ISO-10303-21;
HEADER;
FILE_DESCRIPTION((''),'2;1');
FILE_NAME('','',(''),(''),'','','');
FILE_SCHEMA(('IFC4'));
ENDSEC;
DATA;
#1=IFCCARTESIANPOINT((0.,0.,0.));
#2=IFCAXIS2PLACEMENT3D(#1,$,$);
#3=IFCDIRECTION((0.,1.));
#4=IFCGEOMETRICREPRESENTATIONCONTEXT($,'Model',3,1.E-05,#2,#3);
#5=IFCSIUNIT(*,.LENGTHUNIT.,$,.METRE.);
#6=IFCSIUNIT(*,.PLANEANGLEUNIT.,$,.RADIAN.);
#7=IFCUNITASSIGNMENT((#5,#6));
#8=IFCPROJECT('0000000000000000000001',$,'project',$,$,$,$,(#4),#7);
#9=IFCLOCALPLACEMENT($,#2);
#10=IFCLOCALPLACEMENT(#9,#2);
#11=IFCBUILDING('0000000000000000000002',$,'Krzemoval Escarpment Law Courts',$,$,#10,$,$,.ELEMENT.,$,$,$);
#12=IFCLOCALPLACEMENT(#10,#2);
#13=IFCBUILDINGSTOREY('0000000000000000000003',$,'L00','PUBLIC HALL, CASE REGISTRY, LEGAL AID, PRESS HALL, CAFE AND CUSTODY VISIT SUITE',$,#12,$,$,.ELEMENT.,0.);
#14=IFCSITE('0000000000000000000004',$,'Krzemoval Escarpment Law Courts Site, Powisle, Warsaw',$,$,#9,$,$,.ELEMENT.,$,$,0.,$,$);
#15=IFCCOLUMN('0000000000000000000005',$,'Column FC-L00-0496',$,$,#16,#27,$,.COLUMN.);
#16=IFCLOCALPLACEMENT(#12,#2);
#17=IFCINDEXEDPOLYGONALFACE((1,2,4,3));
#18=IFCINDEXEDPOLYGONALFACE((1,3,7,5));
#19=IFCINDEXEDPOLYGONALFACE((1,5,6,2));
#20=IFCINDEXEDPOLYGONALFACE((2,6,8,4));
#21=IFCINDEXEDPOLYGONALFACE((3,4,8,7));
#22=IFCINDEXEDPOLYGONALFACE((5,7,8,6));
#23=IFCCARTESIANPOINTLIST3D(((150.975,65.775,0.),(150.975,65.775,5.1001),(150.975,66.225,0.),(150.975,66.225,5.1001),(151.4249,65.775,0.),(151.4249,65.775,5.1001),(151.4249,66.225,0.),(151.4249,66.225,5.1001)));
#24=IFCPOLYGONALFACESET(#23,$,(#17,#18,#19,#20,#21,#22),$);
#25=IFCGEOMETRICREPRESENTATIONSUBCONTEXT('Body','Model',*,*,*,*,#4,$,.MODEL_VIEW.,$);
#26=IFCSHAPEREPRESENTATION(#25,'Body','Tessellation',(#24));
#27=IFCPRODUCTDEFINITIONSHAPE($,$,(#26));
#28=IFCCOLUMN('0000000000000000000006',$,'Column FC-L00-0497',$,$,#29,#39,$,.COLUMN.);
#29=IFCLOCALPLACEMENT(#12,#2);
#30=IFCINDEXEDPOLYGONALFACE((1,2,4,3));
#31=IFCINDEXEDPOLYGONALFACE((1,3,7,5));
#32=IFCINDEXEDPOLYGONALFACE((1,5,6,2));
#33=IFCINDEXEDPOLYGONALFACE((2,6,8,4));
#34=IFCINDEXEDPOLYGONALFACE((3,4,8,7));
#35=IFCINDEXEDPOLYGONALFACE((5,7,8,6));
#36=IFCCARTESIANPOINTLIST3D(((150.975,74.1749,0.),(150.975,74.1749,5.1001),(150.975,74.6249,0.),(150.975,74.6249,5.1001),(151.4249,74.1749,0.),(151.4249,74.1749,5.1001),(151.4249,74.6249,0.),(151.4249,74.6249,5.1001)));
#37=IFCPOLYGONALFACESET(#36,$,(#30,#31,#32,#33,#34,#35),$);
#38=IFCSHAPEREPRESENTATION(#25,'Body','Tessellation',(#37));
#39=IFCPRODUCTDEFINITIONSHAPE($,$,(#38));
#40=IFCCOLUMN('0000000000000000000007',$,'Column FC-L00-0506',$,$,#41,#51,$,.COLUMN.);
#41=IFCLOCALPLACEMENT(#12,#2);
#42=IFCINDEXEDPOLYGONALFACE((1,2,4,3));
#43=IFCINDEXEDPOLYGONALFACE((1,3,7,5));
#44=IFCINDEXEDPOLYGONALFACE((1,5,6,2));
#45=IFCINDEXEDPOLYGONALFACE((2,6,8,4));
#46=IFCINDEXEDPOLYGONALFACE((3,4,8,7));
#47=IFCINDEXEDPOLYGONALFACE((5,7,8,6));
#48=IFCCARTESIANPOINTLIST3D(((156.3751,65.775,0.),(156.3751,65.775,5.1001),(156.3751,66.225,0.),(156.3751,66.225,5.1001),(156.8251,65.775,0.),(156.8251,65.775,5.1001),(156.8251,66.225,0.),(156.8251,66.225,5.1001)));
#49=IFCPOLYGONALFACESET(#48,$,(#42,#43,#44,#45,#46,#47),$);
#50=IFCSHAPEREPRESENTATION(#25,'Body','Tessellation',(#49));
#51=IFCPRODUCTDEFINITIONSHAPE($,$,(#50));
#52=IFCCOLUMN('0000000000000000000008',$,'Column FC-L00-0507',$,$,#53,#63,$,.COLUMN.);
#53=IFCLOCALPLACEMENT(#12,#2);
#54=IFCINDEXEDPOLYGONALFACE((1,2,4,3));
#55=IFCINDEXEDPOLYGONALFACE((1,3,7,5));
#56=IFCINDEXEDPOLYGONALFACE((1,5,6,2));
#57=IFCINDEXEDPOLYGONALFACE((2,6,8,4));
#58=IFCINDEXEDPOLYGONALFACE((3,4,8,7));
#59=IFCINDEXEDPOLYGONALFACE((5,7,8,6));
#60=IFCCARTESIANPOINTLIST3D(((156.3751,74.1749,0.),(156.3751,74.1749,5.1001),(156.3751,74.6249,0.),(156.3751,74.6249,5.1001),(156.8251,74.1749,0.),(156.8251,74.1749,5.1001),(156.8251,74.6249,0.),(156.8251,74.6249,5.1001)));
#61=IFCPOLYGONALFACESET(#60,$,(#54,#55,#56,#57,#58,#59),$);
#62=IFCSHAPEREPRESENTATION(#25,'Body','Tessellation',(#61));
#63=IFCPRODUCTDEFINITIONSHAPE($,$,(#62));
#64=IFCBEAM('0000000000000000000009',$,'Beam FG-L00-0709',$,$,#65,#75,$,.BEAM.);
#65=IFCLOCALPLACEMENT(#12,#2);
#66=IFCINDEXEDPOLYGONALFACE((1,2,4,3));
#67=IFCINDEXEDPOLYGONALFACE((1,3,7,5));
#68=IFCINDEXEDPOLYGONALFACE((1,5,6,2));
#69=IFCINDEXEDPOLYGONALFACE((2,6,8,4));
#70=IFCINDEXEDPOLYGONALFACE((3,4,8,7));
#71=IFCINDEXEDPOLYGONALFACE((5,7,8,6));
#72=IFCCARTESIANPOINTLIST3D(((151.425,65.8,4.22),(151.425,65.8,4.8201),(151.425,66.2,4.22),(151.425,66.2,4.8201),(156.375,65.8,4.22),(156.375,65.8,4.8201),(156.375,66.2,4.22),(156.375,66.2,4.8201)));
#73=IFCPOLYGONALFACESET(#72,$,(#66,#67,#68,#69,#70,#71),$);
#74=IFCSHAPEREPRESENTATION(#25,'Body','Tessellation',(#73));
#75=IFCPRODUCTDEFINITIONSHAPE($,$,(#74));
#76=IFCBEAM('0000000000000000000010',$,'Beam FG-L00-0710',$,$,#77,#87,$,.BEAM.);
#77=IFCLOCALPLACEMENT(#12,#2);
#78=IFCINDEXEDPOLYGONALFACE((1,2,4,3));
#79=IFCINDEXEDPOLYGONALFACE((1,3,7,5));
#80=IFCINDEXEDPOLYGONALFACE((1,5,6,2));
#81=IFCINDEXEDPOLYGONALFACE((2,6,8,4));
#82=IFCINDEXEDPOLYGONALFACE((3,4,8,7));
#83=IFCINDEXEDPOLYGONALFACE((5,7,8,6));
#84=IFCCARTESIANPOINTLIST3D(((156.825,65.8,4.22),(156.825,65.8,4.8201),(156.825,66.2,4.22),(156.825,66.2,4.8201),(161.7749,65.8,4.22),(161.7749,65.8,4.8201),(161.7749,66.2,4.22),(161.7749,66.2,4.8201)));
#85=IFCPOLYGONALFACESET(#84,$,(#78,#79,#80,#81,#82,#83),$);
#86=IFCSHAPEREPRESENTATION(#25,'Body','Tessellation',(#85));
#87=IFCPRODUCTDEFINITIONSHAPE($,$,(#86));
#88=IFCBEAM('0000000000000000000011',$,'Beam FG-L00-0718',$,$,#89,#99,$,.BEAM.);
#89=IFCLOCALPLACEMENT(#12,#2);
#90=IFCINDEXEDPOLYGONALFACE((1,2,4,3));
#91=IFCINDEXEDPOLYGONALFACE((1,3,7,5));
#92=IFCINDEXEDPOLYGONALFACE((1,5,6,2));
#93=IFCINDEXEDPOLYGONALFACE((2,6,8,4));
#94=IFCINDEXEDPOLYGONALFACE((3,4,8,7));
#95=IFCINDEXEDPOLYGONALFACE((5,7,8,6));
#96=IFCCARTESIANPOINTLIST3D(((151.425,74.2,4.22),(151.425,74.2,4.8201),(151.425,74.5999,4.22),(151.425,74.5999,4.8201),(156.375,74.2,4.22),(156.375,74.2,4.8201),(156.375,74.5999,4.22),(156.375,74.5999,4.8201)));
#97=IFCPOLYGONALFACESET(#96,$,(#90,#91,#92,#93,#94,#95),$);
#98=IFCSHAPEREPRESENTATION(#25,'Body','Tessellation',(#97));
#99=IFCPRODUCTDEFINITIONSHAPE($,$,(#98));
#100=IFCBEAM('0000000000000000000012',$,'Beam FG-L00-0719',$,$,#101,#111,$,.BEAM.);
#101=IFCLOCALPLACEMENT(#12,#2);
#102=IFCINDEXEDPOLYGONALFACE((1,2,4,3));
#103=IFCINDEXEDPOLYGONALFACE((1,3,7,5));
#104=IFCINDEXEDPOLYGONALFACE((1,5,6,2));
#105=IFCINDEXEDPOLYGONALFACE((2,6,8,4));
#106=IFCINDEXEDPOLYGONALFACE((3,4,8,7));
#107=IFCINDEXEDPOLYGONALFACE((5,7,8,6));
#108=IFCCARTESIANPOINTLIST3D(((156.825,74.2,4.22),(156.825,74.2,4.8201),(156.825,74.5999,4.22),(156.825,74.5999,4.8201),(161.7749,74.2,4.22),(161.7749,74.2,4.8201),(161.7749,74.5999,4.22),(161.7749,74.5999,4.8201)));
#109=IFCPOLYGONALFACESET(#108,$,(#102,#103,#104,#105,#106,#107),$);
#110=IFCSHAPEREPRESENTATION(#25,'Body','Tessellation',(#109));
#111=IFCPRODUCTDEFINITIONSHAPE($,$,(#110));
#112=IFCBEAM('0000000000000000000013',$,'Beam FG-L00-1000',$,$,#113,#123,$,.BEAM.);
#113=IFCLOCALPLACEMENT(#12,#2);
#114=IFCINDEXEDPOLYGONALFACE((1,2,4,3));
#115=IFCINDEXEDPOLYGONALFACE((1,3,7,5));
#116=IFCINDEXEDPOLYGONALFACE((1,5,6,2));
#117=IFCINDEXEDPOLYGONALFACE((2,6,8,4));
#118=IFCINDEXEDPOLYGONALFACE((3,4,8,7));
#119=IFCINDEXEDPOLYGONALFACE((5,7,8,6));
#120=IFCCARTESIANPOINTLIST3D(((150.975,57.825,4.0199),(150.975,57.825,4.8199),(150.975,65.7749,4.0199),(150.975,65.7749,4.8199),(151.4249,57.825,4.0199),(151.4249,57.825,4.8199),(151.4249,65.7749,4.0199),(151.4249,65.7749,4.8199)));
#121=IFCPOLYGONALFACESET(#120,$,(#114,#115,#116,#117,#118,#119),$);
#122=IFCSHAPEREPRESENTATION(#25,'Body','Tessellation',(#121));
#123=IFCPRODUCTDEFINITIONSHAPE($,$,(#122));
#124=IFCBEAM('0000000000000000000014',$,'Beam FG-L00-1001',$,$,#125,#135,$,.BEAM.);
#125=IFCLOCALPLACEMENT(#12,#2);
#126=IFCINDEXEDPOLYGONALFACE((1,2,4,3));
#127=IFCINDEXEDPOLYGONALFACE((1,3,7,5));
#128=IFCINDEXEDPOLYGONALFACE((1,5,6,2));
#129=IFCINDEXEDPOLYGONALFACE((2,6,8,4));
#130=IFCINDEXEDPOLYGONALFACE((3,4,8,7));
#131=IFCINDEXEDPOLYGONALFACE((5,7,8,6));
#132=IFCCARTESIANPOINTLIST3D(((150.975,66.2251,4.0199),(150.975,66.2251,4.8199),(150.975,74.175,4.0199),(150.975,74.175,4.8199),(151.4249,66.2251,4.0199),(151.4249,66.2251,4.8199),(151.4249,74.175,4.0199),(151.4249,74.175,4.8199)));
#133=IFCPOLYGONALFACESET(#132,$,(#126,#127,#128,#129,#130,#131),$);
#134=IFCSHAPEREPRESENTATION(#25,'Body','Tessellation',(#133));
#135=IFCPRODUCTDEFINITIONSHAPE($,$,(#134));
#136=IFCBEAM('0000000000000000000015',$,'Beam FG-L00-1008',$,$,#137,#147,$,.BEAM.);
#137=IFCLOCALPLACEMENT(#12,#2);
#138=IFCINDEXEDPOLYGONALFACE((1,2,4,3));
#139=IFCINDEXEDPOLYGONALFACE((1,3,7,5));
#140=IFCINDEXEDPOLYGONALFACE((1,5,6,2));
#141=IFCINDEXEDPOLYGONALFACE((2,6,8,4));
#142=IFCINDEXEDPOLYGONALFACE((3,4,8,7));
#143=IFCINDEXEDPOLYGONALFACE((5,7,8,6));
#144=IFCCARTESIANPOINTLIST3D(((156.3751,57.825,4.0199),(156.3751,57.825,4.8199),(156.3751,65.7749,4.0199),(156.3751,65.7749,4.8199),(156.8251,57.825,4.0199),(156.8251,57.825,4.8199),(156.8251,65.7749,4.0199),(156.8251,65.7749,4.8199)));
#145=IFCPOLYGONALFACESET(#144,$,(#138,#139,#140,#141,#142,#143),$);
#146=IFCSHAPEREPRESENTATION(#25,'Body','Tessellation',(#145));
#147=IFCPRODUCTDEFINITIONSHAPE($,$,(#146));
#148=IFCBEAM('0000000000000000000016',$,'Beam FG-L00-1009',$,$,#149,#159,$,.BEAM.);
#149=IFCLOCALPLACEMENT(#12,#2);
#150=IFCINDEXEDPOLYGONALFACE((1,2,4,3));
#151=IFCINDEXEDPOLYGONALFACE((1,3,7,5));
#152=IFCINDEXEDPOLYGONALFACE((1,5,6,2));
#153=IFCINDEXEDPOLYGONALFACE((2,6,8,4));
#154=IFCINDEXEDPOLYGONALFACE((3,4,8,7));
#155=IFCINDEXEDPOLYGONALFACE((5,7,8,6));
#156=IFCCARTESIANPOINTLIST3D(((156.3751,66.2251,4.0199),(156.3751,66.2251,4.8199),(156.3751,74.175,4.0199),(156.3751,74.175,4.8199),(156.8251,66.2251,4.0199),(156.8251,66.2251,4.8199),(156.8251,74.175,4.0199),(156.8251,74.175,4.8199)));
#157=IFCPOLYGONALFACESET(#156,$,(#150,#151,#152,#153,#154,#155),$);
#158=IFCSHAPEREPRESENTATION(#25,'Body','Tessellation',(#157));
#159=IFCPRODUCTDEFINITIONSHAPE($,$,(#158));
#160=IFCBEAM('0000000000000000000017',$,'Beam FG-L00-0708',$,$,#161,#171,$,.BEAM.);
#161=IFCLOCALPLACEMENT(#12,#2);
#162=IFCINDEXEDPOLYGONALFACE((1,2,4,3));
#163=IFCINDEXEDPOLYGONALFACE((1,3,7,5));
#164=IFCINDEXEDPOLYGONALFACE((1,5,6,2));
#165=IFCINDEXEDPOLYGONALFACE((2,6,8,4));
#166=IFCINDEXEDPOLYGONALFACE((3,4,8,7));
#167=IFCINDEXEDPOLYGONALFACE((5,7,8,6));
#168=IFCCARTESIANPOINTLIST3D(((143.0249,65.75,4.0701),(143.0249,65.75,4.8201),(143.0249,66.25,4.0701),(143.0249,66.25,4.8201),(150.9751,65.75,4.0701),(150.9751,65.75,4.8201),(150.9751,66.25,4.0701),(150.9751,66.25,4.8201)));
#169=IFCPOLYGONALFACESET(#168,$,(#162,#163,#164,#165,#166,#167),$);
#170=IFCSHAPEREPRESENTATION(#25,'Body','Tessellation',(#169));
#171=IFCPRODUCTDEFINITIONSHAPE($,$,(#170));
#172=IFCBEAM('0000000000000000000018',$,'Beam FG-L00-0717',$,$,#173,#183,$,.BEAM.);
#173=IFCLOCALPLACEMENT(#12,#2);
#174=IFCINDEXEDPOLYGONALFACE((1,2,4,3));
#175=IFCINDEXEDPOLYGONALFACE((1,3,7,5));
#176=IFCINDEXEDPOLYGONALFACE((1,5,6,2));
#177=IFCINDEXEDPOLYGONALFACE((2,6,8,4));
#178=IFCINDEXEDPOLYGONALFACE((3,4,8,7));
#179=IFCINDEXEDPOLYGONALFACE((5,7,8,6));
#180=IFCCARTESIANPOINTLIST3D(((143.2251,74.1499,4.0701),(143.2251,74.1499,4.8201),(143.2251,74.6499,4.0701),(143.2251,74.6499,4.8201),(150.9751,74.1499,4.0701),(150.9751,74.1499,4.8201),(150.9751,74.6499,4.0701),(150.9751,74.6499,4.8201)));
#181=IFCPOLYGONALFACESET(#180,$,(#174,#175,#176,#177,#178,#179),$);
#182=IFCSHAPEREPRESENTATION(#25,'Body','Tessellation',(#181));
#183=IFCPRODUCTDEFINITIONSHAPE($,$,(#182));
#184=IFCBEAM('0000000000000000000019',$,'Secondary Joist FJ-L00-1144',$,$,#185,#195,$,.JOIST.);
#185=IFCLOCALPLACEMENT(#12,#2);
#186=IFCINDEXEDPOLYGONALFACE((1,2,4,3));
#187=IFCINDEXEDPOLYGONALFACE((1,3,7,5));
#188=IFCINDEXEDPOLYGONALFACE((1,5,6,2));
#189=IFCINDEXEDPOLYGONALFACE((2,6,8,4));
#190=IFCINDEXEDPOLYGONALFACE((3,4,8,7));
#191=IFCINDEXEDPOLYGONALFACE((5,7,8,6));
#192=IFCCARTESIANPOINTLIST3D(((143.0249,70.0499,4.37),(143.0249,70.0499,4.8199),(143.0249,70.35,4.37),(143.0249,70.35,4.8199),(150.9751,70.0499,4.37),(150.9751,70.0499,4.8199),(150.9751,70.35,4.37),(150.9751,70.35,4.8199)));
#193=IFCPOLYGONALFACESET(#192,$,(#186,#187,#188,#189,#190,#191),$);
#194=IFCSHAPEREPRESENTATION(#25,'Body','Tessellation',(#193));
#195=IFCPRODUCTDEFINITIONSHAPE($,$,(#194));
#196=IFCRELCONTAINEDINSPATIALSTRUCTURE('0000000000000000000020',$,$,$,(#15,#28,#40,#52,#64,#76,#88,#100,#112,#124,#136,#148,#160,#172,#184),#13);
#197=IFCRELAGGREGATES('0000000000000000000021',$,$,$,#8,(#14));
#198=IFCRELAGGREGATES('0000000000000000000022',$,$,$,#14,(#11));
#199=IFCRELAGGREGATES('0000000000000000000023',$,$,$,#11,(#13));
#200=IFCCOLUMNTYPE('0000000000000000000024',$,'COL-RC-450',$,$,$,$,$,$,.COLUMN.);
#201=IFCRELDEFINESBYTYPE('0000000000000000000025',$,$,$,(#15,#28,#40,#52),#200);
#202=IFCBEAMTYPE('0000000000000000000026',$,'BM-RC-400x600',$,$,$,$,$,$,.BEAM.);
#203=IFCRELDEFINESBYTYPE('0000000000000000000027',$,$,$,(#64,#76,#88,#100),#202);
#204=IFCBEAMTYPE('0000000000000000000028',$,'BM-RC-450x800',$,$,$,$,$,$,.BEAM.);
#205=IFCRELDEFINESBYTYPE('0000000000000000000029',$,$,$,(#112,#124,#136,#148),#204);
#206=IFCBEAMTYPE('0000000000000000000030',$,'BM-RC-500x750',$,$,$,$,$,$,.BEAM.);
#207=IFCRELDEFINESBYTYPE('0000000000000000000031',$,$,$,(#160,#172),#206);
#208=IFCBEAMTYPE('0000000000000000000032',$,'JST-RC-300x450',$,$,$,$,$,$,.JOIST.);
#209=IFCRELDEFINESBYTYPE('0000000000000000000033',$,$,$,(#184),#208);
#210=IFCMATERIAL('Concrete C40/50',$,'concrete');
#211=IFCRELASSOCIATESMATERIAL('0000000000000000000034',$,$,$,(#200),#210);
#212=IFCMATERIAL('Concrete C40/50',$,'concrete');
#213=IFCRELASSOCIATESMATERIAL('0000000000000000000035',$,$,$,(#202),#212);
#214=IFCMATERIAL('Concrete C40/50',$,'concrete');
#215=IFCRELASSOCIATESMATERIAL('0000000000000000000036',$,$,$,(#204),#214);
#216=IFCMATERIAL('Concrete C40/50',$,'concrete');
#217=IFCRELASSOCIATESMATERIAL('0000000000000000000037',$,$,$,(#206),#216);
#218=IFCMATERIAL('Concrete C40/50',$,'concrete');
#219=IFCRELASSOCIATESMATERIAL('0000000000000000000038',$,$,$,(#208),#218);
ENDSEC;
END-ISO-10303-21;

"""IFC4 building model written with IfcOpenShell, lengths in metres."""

from ifc_helpers import new_model, si_unit, direction, frame, origin, origin_2d, place, context, subcontext, project, spatial, rectangle, extrude, material, material_profile, profile_set, type_object, element, save


model = new_model("IFC4")

# Units and contexts
model_context = context("Model", 3, precision=1e-05, world=origin(), true_north=direction((0.0, 1.0)))
body_context = subcontext(model_context, "Body", "Model", "MODEL_VIEW")
ifc_project = project(units=[si_unit("LENGTHUNIT", "METRE"), si_unit("PLANEANGLEUNIT", "RADIAN")], contexts=[model_context])

# Site, building, storey
site_placement = place(None, origin())
site = spatial("IfcSite", under=ifc_project, at=site_placement, Name="Krzemoval Escarpment Law Courts Site, Powisle, Warsaw", CompositionType="ELEMENT", RefElevation=0.0)
building_placement = place(site_placement, origin())
building = spatial("IfcBuilding", under=site, at=building_placement, Name="Krzemoval Escarpment Law Courts", CompositionType="ELEMENT")
storey_placement = place(building_placement, origin())
storey = spatial("IfcBuildingStorey", under=building, at=storey_placement, Name="L00", Description="PUBLIC HALL, CASE REGISTRY, LEGAL AID, PRESS HALL, CAFE AND CUSTODY VISIT SUITE", CompositionType="ELEMENT", Elevation=0.0)

# Columns
ifc_material_1 = material(Name="Concrete C40/50", Category="concrete")
ifc_material_profile_1 = material_profile(ifc_material_1, rectangle(XDim=0.45, YDim=0.45, at=origin_2d()), Name="RC 450x450")
ifc_profile_set_1 = profile_set([ifc_material_profile_1], Name="Concrete C40/50")
column_type = type_object("IfcColumnType", Name="COL-RC-450", PredefinedType="COLUMN", material=ifc_profile_set_1)
for number, where, z_axis, x_axis, name in (
    (1, (151.2, 66.0, 0.0), (0.0, 0.0, 1.0), (1.0, 0.0, 0.0), "Column FC-L00-0496"),
    (2, (151.2, 74.3999, 0.0), (0.0, 0.0, 1.0), (1.0, 0.0, 0.0), "Column FC-L00-0497"),
    (3, (156.6001, 66.0, 0.0), (0.0, 0.0, 1.0), (1.0, 0.0, 0.0), "Column FC-L00-0506"),
    (4, (156.6001, 74.3999, 0.0), (0.0, 0.0, 1.0), (1.0, 0.0, 0.0), "Column FC-L00-0507"),
):
    element("IfcColumn", number, at=place(storey_placement, frame(where, z_axis=z_axis, x_axis=x_axis)), inside=storey, type_object=column_type, Name=name, PredefinedType="COLUMN", context=body_context, shape_type="SweptSolid", body=[
        extrude(rectangle(XDim=0.45, YDim=0.45, at=origin_2d()), origin(), (0.0, 0.0, 1.0), 5.1001),
    ])

# Beams
ifc_material_2 = material(Name="Concrete C40/50", Category="concrete")
ifc_material_profile_2 = material_profile(ifc_material_2, rectangle(XDim=0.3999, YDim=0.6001, at=origin_2d()), Name="RCB 400x600")
ifc_profile_set_2 = profile_set([ifc_material_profile_2], Name="Concrete C40/50")
beam_type_1 = type_object("IfcBeamType", Name="BM-RC-400x600", PredefinedType="BEAM", material=ifc_profile_set_2)
for number, where, z_axis, x_axis, name in (
    (5, (151.425, 66.0, 4.52), (1.0, 0.0, 0.0), (0.0, 1.0, 0.0), "Beam FG-L00-0709"),
    (6, (156.825, 66.0, 4.52), (1.0, 0.0, 0.0), (0.0, 1.0, 0.0), "Beam FG-L00-0710"),
    (7, (151.425, 74.3999, 4.52), (1.0, 0.0, 0.0), (0.0, 1.0, 0.0), "Beam FG-L00-0718"),
    (8, (156.825, 74.3999, 4.52), (1.0, 0.0, 0.0), (0.0, 1.0, 0.0), "Beam FG-L00-0719"),
):
    element("IfcBeam", number, at=place(storey_placement, frame(where, z_axis=z_axis, x_axis=x_axis)), inside=storey, type_object=beam_type_1, Name=name, PredefinedType="BEAM", context=body_context, shape_type="SweptSolid", body=[
        extrude(rectangle(XDim=0.3999, YDim=0.6001, at=origin_2d()), origin(), (0.0, 0.0, 1.0), 4.95),
    ])
ifc_material_3 = material(Name="Concrete C40/50", Category="concrete")
ifc_material_profile_3 = material_profile(ifc_material_3, rectangle(XDim=0.45, YDim=0.8, at=origin_2d()), Name="RCB 450x800")
ifc_profile_set_3 = profile_set([ifc_material_profile_3], Name="Concrete C40/50")
beam_type_2 = type_object("IfcBeamType", Name="BM-RC-450x800", PredefinedType="BEAM", material=ifc_profile_set_3)
for number, where, z_axis, x_axis, name in (
    (9, (151.2, 57.825, 4.4199), (0.0, 1.0, 0.0), (-1.0, 0.0, 0.0), "Beam FG-L00-1000"),
    (10, (151.2, 66.2251, 4.4199), (0.0, 1.0, 0.0), (-1.0, 0.0, 0.0), "Beam FG-L00-1001"),
    (11, (156.6001, 57.825, 4.4199), (0.0, 1.0, 0.0), (-1.0, 0.0, 0.0), "Beam FG-L00-1008"),
    (12, (156.6001, 66.2251, 4.4199), (0.0, 1.0, 0.0), (-1.0, 0.0, 0.0), "Beam FG-L00-1009"),
):
    element("IfcBeam", number, at=place(storey_placement, frame(where, z_axis=z_axis, x_axis=x_axis)), inside=storey, type_object=beam_type_2, Name=name, PredefinedType="BEAM", context=body_context, shape_type="SweptSolid", body=[
        extrude(rectangle(XDim=0.45, YDim=0.8, at=origin_2d()), origin(), (0.0, 0.0, 1.0), 7.95),
    ])
ifc_material_4 = material(Name="Concrete C40/50", Category="concrete")
ifc_material_profile_4 = material_profile(ifc_material_4, rectangle(XDim=0.5, YDim=0.75, at=origin_2d()), Name="RCB 500x750")
ifc_profile_set_4 = profile_set([ifc_material_profile_4], Name="Concrete C40/50")
beam_type_3 = type_object("IfcBeamType", Name="BM-RC-500x750", PredefinedType="BEAM", material=ifc_profile_set_4)
beam_1_placement = place(storey_placement, frame((143.0249, 66.0, 4.4451), z_axis=(1.0, 0.0, 0.0), x_axis=(0.0, 1.0, 0.0)))
element("IfcBeam", 13, at=beam_1_placement, inside=storey, type_object=beam_type_3, Name="Beam FG-L00-0708", PredefinedType="BEAM", context=body_context, shape_type="SweptSolid", body=[
    extrude(rectangle(XDim=0.5, YDim=0.75, at=origin_2d()), origin(), (0.0, 0.0, 1.0), 7.9502),
])
beam_2_placement = place(storey_placement, frame((143.2251, 74.3999, 4.4451), z_axis=(1.0, 0.0, 0.0), x_axis=(0.0, 1.0, 0.0)))
element("IfcBeam", 14, at=beam_2_placement, inside=storey, type_object=beam_type_3, Name="Beam FG-L00-0717", PredefinedType="BEAM", context=body_context, shape_type="SweptSolid", body=[
    extrude(rectangle(XDim=0.5, YDim=0.75, at=origin_2d()), origin(), (0.0, 0.0, 1.0), 7.75),
])
ifc_material_5 = material(Name="Concrete C40/50", Category="concrete")
ifc_material_profile_5 = material_profile(ifc_material_5, rectangle(XDim=0.3, YDim=0.45, at=origin_2d()), Name="RCB 300x450")
ifc_profile_set_5 = profile_set([ifc_material_profile_5], Name="Concrete C40/50")
beam_type_4 = type_object("IfcBeamType", Name="JST-RC-300x450", PredefinedType="JOIST", material=ifc_profile_set_5)
beam_3_placement = place(storey_placement, frame((143.0249, 70.2, 4.595), z_axis=(1.0, 0.0, 0.0), x_axis=(0.0, 1.0, 0.0)))
element("IfcBeam", 15, at=beam_3_placement, inside=storey, type_object=beam_type_4, Name="Secondary Joist FJ-L00-1144", PredefinedType="JOIST", context=body_context, shape_type="SweptSolid", body=[
    extrude(rectangle(XDim=0.3, YDim=0.45, at=origin_2d()), origin(), (0.0, 0.0, 1.0), 7.9502),
])

save(model, "model.ifc")
